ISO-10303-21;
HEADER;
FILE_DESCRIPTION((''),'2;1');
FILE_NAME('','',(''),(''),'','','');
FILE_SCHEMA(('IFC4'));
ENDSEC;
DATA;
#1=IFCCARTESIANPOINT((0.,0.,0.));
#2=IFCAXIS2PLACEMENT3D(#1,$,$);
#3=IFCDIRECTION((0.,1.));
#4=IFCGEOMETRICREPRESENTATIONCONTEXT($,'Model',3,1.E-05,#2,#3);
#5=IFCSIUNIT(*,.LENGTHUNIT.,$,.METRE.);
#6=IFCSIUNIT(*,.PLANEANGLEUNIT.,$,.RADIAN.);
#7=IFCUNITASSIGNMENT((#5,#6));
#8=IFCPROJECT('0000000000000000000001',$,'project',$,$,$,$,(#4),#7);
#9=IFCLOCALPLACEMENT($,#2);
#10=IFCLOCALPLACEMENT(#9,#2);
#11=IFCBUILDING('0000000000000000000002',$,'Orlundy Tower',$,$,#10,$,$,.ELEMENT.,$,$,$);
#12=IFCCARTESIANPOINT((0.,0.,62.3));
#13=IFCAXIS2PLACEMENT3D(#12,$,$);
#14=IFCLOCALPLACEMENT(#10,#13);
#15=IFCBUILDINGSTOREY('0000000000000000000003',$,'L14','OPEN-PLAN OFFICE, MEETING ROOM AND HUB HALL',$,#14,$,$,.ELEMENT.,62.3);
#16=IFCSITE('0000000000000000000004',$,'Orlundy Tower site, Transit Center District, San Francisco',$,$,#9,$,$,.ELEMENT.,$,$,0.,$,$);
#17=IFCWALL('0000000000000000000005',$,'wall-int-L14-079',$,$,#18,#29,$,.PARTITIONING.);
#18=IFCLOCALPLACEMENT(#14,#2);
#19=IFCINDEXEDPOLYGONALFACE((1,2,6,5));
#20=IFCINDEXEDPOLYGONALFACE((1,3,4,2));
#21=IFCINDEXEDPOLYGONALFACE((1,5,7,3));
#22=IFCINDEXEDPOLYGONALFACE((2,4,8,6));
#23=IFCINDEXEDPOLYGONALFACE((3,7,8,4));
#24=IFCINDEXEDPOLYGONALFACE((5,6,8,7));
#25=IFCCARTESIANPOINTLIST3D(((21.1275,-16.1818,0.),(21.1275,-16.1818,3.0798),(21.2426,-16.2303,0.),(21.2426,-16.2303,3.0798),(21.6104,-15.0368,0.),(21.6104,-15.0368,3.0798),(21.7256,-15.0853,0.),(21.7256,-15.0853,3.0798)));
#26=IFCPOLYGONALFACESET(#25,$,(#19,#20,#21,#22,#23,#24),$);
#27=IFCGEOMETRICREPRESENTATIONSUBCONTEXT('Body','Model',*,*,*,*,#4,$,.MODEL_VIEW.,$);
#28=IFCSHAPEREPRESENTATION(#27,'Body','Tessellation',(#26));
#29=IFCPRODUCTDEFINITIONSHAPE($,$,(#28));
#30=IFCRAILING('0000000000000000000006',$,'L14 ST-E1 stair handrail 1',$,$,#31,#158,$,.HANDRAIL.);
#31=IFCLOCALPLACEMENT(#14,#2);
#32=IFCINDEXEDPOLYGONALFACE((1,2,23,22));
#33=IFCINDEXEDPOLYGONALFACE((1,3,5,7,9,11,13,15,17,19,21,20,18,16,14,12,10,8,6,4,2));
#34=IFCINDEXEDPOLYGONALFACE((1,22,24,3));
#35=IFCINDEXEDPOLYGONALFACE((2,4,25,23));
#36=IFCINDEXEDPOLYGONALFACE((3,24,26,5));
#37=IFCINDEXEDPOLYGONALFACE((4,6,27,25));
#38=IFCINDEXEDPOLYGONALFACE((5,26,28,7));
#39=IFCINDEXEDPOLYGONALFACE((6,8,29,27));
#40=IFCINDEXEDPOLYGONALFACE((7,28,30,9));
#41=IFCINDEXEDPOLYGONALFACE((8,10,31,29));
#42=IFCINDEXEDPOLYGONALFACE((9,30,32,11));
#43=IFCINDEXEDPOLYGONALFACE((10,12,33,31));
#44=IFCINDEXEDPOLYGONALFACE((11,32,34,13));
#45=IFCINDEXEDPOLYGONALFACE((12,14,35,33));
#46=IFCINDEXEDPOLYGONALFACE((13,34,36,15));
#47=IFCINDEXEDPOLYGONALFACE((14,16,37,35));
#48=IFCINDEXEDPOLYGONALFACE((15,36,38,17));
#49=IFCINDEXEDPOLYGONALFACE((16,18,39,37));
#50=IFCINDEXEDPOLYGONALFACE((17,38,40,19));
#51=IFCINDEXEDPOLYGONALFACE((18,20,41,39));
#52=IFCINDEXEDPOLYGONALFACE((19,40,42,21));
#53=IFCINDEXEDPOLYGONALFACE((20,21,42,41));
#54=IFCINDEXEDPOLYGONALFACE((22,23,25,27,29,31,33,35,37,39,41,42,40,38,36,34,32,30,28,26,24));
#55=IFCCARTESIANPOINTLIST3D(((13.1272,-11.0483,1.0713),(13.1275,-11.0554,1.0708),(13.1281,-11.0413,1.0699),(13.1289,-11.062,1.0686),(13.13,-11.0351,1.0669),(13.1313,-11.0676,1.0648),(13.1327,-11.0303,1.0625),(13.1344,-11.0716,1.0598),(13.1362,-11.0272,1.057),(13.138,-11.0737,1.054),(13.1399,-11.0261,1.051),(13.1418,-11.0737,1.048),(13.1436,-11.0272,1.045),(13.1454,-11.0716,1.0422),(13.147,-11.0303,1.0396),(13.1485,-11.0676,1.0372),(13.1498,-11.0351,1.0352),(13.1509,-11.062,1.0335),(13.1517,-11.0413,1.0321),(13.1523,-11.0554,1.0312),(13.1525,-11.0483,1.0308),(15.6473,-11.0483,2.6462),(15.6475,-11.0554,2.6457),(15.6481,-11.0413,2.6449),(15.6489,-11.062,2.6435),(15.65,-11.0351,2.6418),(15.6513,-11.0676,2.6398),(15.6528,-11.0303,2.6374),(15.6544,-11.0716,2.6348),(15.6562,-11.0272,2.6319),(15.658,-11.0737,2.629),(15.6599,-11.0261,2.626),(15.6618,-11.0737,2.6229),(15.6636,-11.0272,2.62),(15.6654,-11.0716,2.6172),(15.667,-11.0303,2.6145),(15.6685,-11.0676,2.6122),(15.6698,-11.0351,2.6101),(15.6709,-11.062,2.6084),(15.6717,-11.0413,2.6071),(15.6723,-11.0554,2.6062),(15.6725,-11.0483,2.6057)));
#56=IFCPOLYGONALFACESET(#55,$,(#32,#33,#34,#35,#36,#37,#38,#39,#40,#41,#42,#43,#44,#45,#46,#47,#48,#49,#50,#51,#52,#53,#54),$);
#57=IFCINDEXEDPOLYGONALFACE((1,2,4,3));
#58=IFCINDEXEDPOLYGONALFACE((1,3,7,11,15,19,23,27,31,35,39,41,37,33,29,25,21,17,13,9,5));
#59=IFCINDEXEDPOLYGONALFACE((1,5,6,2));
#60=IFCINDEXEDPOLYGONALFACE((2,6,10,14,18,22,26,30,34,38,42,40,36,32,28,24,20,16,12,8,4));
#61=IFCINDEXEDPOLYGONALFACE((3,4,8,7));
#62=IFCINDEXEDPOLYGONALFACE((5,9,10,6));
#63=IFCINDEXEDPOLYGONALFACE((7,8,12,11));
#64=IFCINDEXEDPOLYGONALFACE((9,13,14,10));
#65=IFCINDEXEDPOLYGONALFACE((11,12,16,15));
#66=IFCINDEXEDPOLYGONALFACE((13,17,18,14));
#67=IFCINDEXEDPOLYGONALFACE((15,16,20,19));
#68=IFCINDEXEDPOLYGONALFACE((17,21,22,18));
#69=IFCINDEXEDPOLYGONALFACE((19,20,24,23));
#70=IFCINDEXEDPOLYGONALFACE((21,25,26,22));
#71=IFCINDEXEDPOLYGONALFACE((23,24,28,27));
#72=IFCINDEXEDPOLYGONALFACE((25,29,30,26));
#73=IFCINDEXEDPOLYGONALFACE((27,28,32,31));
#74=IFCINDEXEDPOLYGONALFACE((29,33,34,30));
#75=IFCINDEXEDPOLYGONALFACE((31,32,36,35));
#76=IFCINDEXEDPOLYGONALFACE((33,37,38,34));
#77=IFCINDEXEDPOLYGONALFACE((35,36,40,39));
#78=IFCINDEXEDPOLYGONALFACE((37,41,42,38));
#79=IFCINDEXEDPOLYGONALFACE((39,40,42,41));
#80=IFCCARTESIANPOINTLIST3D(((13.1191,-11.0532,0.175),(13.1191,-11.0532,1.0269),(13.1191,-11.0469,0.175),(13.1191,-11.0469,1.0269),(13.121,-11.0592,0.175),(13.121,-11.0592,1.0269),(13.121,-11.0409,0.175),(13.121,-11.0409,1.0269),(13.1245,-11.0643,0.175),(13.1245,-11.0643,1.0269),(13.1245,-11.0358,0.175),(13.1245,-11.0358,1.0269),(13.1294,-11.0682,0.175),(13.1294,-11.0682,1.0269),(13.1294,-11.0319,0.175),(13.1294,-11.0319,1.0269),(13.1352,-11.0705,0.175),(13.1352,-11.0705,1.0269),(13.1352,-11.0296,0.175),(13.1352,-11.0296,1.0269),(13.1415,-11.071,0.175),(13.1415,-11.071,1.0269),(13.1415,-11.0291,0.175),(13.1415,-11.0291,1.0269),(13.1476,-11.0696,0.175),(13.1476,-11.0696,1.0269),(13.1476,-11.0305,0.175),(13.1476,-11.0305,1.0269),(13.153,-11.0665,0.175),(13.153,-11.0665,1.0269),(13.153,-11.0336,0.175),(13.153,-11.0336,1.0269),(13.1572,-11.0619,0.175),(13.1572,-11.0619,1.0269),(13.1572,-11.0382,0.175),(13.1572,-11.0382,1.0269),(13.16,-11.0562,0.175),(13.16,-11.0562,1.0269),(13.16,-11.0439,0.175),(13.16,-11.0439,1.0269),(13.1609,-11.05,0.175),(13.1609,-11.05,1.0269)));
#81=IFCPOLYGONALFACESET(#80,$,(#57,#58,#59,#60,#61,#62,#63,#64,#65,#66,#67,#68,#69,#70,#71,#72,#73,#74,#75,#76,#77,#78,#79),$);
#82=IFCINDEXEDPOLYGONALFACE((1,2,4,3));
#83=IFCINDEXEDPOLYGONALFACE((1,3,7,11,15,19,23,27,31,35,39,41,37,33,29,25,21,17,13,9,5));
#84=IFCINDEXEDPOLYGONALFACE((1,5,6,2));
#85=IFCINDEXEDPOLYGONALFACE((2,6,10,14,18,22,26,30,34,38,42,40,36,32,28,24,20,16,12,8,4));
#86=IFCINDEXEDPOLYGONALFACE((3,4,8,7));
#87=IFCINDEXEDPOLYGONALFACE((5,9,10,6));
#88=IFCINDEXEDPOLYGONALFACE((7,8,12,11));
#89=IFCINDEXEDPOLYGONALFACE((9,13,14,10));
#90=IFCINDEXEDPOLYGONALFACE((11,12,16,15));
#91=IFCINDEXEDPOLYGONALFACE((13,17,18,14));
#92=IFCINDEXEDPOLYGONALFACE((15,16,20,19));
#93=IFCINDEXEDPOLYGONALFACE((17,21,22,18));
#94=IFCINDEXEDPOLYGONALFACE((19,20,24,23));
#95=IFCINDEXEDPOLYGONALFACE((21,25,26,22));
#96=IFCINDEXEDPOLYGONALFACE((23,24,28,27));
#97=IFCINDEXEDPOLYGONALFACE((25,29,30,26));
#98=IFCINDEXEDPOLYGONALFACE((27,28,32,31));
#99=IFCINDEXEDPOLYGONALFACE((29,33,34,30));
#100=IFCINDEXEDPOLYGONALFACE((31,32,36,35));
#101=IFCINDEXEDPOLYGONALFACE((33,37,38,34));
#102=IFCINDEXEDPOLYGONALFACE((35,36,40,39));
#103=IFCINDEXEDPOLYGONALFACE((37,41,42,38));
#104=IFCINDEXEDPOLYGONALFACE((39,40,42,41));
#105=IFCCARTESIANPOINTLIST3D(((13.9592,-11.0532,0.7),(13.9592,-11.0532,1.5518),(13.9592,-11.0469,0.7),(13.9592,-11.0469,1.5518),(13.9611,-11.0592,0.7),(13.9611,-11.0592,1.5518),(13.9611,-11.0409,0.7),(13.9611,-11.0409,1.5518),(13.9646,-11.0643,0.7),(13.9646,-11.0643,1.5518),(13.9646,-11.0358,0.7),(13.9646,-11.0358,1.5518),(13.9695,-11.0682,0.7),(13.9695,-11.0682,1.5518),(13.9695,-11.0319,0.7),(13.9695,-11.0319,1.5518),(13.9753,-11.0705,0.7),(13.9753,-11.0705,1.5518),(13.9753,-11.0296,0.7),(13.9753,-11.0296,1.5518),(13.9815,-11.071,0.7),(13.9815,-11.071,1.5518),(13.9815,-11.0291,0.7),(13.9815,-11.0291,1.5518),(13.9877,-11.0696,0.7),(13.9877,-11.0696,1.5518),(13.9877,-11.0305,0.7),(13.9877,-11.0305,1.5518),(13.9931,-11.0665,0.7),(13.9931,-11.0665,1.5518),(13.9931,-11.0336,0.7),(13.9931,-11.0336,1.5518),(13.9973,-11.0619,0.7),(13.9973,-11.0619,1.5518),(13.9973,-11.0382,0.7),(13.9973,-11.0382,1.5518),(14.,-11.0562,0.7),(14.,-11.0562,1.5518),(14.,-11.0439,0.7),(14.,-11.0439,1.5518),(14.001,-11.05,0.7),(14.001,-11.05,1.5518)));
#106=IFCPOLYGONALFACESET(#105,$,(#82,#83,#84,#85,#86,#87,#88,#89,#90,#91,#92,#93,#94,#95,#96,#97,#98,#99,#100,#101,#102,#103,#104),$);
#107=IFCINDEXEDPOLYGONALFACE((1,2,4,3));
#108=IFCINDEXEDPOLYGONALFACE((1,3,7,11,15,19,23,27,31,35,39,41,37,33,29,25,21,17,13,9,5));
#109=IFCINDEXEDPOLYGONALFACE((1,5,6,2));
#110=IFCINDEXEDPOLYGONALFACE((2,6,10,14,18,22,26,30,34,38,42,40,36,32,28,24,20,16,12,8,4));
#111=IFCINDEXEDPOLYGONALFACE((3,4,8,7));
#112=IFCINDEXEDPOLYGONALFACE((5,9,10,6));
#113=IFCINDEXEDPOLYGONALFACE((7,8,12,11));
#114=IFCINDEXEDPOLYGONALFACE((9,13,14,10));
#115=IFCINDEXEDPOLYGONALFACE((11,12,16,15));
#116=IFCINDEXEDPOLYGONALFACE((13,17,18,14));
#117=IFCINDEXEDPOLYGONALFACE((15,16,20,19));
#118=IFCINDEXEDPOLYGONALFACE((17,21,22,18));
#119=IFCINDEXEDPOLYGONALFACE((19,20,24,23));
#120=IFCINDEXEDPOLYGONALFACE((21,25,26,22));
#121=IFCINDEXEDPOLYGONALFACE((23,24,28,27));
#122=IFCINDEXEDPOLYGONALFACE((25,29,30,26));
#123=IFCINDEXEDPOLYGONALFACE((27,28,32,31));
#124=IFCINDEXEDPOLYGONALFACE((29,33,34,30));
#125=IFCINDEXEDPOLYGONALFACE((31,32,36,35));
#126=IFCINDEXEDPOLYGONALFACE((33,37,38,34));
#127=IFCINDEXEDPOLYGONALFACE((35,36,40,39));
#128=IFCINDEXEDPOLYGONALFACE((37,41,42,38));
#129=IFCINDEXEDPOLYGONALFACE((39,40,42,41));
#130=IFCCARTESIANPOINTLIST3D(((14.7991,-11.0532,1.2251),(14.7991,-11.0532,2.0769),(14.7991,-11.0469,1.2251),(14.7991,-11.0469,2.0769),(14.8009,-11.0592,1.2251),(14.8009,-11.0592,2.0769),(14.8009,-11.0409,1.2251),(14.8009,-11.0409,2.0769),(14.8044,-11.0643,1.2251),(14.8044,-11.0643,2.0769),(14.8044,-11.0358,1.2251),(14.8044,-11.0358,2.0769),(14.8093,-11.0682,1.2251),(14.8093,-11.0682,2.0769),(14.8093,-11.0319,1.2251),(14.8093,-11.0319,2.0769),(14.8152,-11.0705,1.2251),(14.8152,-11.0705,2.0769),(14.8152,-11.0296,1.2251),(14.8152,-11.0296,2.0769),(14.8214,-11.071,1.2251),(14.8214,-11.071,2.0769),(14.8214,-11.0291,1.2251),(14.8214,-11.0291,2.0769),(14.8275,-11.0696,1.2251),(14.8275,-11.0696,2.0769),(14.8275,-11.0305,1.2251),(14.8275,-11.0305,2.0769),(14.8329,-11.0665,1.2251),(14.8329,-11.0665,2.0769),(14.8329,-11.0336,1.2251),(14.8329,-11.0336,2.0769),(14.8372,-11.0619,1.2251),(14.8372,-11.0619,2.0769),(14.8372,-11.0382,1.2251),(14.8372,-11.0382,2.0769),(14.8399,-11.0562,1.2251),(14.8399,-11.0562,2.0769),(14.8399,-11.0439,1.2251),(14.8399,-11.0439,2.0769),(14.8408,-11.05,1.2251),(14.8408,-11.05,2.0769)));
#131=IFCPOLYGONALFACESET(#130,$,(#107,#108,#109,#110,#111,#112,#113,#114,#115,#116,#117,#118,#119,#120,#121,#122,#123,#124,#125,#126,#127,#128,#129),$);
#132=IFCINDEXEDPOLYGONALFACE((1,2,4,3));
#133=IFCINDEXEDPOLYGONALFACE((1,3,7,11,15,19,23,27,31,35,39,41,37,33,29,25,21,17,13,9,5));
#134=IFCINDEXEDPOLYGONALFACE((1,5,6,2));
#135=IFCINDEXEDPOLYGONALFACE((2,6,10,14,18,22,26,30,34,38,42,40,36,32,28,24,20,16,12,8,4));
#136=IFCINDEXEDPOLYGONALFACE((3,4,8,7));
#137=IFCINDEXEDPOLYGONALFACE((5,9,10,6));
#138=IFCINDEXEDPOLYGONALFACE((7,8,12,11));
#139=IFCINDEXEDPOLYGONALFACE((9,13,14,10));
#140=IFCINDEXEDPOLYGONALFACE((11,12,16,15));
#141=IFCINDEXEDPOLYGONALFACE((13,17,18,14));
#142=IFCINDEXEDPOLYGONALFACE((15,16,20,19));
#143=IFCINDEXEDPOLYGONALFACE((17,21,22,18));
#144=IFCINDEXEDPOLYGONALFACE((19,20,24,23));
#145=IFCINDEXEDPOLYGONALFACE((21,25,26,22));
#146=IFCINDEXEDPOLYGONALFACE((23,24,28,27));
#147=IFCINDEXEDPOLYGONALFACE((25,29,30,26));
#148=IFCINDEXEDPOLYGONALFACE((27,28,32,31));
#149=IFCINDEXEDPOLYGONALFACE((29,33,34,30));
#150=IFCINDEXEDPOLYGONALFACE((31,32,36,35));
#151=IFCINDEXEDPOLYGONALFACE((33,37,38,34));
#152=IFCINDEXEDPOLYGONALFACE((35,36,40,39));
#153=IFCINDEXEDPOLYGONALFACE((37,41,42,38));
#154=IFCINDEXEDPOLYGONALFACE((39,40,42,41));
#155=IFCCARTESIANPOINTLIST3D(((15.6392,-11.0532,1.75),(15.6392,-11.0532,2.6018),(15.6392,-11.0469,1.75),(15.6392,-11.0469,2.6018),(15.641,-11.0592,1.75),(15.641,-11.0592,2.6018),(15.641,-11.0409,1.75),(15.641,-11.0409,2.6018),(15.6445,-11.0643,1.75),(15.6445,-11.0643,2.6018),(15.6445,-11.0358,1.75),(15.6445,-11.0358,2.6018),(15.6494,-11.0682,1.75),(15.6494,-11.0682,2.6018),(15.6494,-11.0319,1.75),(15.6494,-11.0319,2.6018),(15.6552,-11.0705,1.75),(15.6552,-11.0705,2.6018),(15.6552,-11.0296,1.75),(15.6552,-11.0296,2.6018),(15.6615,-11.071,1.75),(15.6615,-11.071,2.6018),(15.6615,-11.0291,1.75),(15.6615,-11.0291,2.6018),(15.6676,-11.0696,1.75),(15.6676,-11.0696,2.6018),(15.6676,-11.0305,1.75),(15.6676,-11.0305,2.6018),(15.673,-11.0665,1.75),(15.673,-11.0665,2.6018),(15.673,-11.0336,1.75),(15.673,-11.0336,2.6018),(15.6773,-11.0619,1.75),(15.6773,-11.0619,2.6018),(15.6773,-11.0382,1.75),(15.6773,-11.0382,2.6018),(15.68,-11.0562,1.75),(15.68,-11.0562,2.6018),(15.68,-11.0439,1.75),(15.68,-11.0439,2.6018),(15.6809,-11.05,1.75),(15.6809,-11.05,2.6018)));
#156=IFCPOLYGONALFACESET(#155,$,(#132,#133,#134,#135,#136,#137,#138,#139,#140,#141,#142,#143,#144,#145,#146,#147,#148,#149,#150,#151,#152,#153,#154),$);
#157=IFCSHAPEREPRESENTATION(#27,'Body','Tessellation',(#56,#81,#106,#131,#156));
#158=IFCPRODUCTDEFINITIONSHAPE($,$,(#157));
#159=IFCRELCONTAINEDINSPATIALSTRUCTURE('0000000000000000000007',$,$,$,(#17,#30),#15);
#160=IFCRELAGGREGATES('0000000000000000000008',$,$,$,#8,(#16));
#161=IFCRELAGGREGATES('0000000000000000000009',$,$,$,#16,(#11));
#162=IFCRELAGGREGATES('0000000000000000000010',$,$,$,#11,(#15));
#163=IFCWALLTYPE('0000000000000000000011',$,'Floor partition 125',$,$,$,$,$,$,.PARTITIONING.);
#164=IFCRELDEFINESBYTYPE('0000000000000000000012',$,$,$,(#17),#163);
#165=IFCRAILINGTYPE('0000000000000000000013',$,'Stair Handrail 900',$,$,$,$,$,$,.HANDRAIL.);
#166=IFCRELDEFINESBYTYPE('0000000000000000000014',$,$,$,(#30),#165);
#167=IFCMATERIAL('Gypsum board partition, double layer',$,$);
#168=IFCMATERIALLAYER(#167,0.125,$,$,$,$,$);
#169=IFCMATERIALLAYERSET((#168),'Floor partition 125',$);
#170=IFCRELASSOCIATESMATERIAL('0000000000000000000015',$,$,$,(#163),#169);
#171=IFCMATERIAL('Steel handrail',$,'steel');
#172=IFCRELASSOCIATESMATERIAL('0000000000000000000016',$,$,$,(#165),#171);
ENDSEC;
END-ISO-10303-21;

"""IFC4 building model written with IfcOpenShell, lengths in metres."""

from ifc_helpers import new_model, si_unit, direction, frame, frame_2d, origin, origin_2d, place, context, subcontext, project, spatial, rectangle, circle, extrude, material, layer, layer_set, type_object, element, save


model = new_model("IFC4")

# Units and contexts
model_context = context("Model", 3, precision=1e-05, world=origin(), true_north=direction((0.0, 1.0)))
body_context = subcontext(model_context, "Body", "Model", "MODEL_VIEW")
ifc_project = project(units=[si_unit("LENGTHUNIT", "METRE"), si_unit("PLANEANGLEUNIT", "RADIAN")], contexts=[model_context])

# Site, building, storey
site_placement = place(None, origin())
site = spatial("IfcSite", under=ifc_project, at=site_placement, Name="Orlundy Tower site, Transit Center District, San Francisco", CompositionType="ELEMENT", RefElevation=0.0)
building_placement = place(site_placement, origin())
building = spatial("IfcBuilding", under=site, at=building_placement, Name="Orlundy Tower", CompositionType="ELEMENT")
storey_placement = place(building_placement, frame((0.0, 0.0, 62.3)))
storey = spatial("IfcBuildingStorey", under=building, at=storey_placement, Name="L14", Description="OPEN-PLAN OFFICE, MEETING ROOM AND HUB HALL", CompositionType="ELEMENT", Elevation=62.3)

# Shared definitions
ifc_material_1 = material(Name="Gypsum board partition, double layer")
ifc_layer_1 = layer(ifc_material_1, 0.125)
ifc_layer_set_1 = layer_set([ifc_layer_1], Name="Floor partition 125")
wall_type_1 = type_object("IfcWallType", Name="Floor partition 125", PredefinedType="PARTITIONING", material=ifc_layer_set_1)

# Wall
wall_1_placement = place(storey_placement, frame((21.1851, -16.2061, 0.0), z_axis=(0.0, 0.0, 1.0), x_axis=(0.388601, 0.921406, 0.0)))
element("IfcWall", 1, at=wall_1_placement, inside=storey, type_object=wall_type_1, Name="wall-int-L14-079", PredefinedType="PARTITIONING", context=body_context, shape_type="SweptSolid", body=[
    extrude(rectangle(XDim=1.2427, YDim=0.125, at=frame_2d((0.6213, 0.0))), origin(), (0.0, 0.0, 1.0), 3.0798),
])

# Railing
ifc_material_2 = material(Name="Steel handrail", Category="steel")
railing_type = type_object("IfcRailingType", Name="Stair Handrail 900", PredefinedType="HANDRAIL", material=ifc_material_2)
railing_placement = place(storey_placement, frame((13.1399, -11.05, 0.175)))
element("IfcRailing", 2, at=railing_placement, inside=storey, type_object=railing_type, Name="L14 ST-E1 stair handrail 1", PredefinedType="HANDRAIL", context=body_context, shape_type="SweptSolid", body=[
    extrude(circle(Radius=0.0239, at=origin_2d()), frame((0.0, 0.0, 0.876), z_axis=(0.848008, 0.0, 0.529984), x_axis=(0.0, 1.0, 0.0)), (0.0, 0.0, 1.0), 2.9717),
    extrude(circle(Radius=0.021, at=origin_2d()), origin(), (0.0, 0.0, 1.0), 0.8518),
    extrude(circle(Radius=0.021, at=origin_2d()), frame((0.8401, 0.0, 0.5249)), (0.0, 0.0, 1.0), 0.8518),
    extrude(circle(Radius=0.021, at=origin_2d()), frame((1.6799, 0.0, 1.05)), (0.0, 0.0, 1.0), 0.8518),
    extrude(circle(Radius=0.021, at=origin_2d()), frame((2.52, 0.0, 1.575)), (0.0, 0.0, 1.0), 0.8518),
])

save(model, "model.ifc")
